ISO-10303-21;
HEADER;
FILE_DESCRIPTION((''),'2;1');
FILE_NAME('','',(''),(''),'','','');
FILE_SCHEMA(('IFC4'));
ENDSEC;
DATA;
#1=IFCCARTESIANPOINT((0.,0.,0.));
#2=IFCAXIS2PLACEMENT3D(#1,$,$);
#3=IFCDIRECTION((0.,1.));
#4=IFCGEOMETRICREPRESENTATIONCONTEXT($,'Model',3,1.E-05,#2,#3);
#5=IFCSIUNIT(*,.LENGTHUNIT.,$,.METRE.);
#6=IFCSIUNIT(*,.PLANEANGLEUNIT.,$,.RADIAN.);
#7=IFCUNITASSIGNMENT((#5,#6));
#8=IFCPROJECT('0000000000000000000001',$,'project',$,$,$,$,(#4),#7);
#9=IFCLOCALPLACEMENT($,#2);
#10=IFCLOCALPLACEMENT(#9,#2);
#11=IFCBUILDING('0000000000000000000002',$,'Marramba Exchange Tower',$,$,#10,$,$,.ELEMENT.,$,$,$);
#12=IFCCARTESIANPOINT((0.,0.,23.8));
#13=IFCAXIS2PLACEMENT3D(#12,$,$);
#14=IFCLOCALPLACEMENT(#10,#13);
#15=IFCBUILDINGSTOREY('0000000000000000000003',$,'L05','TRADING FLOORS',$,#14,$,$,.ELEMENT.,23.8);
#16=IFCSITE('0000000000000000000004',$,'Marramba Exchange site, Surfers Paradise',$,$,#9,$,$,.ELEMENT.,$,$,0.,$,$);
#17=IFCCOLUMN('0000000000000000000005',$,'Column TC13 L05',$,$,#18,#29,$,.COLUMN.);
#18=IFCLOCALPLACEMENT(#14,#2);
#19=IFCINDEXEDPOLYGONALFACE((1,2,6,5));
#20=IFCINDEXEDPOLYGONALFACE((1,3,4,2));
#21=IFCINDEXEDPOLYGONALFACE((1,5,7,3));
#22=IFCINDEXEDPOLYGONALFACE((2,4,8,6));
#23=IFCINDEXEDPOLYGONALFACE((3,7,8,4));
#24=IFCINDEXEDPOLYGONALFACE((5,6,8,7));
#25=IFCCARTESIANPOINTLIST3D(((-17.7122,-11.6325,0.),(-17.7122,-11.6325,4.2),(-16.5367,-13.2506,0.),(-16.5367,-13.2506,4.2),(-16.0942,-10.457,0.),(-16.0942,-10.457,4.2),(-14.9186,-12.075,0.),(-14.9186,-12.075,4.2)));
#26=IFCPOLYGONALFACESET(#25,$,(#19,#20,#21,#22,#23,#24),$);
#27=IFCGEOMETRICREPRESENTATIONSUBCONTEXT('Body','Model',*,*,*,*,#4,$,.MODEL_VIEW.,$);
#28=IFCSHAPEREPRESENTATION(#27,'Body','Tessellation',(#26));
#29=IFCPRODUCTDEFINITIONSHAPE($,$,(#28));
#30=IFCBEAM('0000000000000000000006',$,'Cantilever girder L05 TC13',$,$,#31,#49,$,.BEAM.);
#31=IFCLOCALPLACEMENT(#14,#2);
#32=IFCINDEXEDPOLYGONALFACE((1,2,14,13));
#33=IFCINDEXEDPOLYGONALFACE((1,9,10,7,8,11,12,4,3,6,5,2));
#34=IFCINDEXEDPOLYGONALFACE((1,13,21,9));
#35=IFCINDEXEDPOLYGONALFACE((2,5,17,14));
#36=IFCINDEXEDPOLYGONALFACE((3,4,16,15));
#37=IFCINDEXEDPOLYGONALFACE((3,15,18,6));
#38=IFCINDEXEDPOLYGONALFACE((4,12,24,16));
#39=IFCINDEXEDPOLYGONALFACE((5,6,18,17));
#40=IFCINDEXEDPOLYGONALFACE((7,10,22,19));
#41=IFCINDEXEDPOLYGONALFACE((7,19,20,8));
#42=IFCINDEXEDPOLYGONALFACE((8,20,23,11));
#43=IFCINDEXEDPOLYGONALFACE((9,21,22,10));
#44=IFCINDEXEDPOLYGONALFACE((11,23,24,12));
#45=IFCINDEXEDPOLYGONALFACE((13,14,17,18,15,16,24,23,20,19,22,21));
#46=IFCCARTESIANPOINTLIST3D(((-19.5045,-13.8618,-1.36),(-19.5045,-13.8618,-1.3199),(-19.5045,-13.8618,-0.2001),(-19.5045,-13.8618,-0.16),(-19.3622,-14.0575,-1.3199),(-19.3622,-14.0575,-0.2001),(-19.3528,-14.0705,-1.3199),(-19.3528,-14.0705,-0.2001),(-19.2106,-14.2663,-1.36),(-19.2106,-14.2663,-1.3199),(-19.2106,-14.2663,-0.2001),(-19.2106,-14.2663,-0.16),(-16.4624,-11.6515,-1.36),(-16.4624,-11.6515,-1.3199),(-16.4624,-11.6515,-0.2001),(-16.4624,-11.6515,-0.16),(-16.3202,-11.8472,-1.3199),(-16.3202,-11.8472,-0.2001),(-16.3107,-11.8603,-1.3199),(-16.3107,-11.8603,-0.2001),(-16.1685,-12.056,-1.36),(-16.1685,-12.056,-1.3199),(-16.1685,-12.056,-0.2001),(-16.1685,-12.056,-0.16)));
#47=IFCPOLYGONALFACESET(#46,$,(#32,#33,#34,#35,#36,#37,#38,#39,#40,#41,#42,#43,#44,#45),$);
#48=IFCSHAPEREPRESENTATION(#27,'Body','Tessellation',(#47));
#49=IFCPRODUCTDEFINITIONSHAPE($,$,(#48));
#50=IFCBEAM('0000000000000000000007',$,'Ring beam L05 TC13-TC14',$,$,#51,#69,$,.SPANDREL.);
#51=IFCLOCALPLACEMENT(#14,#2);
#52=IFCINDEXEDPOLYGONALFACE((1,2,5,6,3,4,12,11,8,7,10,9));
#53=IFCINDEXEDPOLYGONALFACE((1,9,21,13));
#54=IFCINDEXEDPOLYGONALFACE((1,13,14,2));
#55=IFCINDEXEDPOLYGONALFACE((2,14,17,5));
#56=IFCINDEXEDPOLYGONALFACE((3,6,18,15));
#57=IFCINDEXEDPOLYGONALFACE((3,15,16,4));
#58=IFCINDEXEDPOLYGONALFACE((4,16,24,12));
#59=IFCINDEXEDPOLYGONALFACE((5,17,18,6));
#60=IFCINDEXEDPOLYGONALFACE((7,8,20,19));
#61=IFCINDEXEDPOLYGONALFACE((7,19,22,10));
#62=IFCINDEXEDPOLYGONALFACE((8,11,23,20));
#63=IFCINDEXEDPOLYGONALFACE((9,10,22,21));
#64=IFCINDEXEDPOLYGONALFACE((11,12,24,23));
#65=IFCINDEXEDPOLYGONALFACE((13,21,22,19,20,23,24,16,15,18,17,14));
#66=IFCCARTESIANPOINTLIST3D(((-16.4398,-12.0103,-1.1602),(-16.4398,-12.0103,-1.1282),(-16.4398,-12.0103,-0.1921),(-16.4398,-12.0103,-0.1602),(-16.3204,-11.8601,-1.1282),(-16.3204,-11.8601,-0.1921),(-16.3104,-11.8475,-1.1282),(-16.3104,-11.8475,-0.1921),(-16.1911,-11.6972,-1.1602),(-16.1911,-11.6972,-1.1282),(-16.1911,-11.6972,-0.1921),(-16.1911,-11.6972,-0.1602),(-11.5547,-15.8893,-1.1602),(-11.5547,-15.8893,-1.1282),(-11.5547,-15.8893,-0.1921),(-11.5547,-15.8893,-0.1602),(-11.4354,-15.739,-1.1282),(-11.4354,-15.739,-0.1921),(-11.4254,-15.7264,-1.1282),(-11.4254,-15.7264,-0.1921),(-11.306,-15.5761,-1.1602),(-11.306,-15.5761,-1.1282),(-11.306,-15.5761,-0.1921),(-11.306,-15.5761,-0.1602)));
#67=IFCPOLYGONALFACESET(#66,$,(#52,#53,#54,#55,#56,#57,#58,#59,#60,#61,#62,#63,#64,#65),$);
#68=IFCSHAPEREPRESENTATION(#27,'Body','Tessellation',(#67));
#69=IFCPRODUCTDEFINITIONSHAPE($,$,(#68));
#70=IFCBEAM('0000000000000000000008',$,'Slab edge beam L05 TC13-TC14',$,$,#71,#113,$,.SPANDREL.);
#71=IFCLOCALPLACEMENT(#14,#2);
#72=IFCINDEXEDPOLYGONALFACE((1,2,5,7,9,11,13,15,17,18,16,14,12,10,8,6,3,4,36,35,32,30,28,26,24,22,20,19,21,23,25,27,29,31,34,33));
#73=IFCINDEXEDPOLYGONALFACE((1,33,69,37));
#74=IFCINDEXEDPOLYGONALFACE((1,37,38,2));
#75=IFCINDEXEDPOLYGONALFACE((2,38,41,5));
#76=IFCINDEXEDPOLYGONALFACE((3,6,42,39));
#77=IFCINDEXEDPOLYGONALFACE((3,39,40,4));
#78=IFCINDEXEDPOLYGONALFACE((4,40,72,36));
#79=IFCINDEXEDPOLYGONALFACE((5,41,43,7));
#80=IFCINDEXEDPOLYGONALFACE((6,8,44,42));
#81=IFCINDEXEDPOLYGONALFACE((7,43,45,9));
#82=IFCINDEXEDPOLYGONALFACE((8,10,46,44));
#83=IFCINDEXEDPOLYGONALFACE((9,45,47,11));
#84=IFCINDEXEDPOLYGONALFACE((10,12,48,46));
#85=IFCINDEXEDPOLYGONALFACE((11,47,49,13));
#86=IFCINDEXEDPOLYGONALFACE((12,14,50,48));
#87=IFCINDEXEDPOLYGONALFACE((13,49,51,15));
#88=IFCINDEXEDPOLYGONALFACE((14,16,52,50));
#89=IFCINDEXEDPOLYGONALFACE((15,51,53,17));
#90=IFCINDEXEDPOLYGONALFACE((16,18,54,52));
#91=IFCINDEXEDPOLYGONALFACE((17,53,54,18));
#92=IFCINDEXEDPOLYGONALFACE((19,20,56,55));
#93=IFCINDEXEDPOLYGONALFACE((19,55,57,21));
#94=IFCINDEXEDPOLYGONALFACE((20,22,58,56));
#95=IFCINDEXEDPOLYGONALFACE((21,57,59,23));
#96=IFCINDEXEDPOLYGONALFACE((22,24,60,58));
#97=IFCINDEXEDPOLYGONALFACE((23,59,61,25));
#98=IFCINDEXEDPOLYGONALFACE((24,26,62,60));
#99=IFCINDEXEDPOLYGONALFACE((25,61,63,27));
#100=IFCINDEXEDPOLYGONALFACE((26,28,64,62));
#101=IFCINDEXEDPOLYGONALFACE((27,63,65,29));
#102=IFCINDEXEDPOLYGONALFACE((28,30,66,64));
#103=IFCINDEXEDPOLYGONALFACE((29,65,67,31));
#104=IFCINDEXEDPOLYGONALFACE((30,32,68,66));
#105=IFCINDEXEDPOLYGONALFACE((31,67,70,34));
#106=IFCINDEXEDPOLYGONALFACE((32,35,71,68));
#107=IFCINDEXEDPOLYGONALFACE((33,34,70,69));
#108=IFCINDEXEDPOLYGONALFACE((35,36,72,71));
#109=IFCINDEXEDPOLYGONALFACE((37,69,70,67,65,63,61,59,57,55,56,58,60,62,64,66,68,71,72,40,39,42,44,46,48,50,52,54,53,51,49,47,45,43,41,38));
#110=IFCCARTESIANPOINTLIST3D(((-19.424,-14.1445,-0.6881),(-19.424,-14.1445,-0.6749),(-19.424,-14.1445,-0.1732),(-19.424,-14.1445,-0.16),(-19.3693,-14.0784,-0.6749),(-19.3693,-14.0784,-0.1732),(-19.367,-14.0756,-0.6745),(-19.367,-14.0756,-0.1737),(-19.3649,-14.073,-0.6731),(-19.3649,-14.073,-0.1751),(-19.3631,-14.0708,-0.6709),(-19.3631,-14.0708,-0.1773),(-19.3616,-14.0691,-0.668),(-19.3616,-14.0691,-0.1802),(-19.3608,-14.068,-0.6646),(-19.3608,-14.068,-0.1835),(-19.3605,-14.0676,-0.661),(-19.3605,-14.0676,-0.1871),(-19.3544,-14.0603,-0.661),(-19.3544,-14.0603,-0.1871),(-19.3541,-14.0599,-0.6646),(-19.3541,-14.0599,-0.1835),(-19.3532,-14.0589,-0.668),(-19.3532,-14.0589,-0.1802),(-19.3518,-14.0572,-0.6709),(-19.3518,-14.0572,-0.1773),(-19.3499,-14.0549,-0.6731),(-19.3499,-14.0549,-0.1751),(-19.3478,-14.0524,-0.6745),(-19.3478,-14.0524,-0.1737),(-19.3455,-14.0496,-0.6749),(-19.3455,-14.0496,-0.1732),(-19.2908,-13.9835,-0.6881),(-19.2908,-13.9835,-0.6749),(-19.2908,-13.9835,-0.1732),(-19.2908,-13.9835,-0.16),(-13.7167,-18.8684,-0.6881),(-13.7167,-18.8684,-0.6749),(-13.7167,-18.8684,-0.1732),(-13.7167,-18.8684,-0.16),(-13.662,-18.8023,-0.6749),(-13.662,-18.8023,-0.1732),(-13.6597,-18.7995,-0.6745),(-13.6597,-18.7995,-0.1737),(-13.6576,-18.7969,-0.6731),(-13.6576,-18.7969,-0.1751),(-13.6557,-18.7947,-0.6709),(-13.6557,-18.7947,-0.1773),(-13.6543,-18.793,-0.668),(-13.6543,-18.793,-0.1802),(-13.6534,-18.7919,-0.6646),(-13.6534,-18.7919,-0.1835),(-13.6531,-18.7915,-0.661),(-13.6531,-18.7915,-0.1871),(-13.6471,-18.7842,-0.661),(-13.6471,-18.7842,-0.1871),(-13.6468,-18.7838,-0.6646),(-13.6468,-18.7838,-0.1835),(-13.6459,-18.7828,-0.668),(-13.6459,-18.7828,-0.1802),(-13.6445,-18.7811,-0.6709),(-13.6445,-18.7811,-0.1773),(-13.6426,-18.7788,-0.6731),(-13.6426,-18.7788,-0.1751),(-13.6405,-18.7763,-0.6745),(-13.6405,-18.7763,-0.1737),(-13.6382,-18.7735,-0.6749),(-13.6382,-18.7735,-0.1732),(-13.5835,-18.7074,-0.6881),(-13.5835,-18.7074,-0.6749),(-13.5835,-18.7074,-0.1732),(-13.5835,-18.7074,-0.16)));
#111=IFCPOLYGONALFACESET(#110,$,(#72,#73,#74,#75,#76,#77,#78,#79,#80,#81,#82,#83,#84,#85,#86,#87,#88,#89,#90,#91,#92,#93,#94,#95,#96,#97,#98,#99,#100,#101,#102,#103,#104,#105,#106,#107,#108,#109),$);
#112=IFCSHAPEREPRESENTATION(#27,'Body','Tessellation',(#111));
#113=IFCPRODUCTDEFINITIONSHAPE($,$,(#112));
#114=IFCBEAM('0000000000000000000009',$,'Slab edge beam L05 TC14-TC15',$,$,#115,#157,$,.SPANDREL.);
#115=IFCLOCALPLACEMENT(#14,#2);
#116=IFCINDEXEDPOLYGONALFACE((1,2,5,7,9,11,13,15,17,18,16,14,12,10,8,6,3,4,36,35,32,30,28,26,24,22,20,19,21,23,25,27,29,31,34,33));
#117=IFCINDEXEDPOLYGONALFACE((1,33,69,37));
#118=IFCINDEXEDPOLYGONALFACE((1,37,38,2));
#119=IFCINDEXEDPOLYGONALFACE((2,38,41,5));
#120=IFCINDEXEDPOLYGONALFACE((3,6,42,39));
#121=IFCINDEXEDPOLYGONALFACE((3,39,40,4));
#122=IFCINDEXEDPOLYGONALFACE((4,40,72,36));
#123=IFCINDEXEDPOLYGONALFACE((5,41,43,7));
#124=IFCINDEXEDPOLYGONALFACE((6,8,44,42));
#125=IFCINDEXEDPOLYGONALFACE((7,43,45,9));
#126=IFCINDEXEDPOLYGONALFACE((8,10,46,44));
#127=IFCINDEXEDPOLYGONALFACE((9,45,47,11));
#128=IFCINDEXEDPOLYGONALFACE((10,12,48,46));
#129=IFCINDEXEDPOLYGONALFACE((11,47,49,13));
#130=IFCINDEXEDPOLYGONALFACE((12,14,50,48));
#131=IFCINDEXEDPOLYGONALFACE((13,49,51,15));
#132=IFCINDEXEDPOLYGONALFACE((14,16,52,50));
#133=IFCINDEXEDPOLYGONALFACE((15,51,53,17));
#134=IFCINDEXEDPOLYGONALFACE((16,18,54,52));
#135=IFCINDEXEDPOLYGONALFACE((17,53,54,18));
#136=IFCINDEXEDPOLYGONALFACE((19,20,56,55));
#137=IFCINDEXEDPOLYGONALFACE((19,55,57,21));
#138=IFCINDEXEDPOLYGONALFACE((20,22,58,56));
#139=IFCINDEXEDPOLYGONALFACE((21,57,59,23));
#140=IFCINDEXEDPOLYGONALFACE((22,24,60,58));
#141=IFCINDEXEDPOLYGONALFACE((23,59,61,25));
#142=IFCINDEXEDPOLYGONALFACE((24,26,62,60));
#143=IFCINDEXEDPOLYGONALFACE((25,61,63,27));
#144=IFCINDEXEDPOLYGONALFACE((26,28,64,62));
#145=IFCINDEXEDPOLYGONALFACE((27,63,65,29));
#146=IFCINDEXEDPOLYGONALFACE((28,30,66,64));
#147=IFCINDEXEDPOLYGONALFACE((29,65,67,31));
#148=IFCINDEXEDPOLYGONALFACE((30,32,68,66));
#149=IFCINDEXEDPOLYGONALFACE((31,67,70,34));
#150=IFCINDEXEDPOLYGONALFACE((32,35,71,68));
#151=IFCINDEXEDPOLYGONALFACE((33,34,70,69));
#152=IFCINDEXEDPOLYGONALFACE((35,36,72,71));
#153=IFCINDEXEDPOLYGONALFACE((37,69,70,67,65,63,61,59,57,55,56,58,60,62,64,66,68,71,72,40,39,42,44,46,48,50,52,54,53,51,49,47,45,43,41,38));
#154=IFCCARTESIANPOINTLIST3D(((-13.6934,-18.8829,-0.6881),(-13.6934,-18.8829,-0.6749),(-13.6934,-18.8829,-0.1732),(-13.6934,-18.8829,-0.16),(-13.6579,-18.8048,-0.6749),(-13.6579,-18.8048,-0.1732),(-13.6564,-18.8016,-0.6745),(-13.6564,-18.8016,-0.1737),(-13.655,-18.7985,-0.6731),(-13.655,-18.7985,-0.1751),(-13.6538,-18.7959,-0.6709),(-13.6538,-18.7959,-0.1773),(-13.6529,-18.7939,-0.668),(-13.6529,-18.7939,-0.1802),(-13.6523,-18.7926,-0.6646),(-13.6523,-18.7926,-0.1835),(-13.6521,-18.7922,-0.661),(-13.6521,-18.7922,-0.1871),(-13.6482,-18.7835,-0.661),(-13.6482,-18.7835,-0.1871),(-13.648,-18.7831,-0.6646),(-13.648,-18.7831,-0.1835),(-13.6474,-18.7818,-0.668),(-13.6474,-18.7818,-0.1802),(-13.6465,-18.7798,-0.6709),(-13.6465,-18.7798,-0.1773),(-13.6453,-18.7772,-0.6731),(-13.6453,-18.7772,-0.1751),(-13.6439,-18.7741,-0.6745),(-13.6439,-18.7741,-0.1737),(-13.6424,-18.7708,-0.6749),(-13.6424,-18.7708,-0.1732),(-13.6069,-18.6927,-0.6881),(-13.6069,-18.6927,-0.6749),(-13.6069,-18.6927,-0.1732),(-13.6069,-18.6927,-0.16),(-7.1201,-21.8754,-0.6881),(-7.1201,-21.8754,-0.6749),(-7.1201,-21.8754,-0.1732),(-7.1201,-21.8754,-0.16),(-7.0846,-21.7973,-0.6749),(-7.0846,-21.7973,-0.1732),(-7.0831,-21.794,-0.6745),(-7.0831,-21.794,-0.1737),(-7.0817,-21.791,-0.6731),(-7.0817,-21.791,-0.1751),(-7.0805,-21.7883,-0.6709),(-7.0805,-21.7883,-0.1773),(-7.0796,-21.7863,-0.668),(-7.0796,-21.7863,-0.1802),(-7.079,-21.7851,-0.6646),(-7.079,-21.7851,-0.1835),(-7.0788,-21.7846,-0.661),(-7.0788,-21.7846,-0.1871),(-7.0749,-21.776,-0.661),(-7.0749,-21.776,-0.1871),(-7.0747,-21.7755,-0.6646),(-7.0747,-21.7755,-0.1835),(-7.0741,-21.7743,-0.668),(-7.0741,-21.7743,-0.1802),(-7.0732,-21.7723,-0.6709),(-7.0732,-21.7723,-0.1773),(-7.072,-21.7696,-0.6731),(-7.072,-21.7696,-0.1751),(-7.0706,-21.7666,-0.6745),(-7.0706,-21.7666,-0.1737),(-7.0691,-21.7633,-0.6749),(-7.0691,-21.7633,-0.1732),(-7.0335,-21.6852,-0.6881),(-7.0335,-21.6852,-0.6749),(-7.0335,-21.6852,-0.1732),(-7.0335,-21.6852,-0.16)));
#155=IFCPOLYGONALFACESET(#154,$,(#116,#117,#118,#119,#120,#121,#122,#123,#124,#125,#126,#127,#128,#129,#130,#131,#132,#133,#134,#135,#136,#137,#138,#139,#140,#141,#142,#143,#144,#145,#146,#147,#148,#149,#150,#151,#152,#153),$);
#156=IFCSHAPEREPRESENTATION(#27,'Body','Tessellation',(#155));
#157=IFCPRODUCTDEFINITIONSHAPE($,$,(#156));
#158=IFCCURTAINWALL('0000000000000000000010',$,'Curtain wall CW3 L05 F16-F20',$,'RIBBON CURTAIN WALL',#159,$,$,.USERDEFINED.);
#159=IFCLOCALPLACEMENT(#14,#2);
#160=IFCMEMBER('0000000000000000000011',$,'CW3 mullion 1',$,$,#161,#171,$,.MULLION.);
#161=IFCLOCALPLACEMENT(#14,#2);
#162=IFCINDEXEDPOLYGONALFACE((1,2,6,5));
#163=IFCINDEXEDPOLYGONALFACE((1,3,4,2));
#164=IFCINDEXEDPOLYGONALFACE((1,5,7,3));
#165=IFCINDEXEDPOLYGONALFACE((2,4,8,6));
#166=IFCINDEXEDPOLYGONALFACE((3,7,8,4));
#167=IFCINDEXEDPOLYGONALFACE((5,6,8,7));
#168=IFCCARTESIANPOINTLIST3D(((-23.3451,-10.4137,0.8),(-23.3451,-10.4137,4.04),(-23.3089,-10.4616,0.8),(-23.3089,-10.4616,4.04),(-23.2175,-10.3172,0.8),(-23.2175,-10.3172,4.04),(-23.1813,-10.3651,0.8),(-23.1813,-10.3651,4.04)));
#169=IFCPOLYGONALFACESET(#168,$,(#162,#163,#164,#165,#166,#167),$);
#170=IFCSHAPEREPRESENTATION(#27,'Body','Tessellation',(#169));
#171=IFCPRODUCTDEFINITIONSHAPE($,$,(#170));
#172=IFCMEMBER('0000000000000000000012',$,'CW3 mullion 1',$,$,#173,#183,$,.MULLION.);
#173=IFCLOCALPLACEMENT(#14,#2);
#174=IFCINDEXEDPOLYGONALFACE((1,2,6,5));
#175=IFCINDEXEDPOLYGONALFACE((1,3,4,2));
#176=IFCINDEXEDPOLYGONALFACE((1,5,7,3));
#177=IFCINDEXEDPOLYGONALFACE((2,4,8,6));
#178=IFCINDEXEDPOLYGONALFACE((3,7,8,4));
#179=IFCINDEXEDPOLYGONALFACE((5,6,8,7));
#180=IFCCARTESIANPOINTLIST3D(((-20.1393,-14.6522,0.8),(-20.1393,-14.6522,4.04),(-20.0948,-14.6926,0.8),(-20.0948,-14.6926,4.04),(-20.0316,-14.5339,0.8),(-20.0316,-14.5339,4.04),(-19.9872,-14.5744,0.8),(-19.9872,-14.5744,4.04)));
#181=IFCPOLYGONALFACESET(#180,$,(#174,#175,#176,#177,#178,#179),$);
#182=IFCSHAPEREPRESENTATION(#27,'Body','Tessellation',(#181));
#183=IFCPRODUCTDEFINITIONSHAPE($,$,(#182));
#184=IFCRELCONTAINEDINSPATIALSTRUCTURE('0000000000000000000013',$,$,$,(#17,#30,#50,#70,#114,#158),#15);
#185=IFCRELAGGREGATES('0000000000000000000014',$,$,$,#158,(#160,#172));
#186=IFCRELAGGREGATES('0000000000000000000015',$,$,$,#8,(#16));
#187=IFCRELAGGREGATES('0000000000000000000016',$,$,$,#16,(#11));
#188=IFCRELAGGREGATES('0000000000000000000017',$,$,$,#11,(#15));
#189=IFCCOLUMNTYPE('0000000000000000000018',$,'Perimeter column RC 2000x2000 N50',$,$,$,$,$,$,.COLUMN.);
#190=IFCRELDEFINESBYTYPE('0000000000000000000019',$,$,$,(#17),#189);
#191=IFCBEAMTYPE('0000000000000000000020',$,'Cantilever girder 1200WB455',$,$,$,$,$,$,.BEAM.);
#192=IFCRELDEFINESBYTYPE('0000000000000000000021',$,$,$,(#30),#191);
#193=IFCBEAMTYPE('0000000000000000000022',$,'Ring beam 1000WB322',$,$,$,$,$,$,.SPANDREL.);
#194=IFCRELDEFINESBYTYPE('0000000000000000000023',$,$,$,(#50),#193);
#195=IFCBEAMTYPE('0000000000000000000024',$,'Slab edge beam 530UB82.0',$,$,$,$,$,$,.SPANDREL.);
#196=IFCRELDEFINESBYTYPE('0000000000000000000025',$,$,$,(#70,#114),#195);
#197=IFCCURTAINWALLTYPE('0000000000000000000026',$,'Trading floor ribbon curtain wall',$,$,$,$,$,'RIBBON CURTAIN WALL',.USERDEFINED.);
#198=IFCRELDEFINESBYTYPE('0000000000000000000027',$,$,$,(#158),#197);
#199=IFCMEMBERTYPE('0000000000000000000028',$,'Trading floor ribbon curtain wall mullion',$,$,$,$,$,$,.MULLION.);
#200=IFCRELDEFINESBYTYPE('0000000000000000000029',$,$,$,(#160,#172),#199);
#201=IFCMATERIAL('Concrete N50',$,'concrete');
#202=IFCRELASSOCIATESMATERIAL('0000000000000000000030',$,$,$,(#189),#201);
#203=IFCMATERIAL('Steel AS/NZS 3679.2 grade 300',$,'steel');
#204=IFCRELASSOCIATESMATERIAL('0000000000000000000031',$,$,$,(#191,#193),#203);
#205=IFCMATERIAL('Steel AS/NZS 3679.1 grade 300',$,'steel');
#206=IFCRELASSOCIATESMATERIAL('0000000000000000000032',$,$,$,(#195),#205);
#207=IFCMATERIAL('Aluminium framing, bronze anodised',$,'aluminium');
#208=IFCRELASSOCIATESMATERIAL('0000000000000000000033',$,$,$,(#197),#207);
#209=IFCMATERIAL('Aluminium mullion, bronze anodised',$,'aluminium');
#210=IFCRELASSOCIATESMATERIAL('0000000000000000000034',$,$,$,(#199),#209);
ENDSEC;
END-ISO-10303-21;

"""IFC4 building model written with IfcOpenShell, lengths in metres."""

from ifc_helpers import new_model, si_unit, direction, frame, origin, origin_2d, place, context, subcontext, project, spatial, rectangle, i_section, extrude, material, material_profile, profile_set, type_object, element, aggregate, save


model = new_model("IFC4")

# Units and contexts
model_context = context("Model", 3, precision=1e-05, world=origin(), true_north=direction((0.0, 1.0)))
body_context = subcontext(model_context, "Body", "Model", "MODEL_VIEW")
ifc_project = project(units=[si_unit("LENGTHUNIT", "METRE"), si_unit("PLANEANGLEUNIT", "RADIAN")], contexts=[model_context])

# Site, building, storey
site_placement = place(None, origin())
site = spatial("IfcSite", under=ifc_project, at=site_placement, Name="Marramba Exchange site, Surfers Paradise", CompositionType="ELEMENT", RefElevation=0.0)
building_placement = place(site_placement, origin())
building = spatial("IfcBuilding", under=site, at=building_placement, Name="Marramba Exchange Tower", CompositionType="ELEMENT")
storey_placement = place(building_placement, frame((0.0, 0.0, 23.8)))
storey = spatial("IfcBuildingStorey", under=building, at=storey_placement, Name="L05", Description="TRADING FLOORS", CompositionType="ELEMENT", Elevation=23.8)

# Column
ifc_material_1 = material(Name="Concrete N50", Category="concrete")
ifc_material_profile_1 = material_profile(ifc_material_1, rectangle(XDim=2.0, YDim=2.0, at=origin_2d()), Name="RC 2000x2000")
ifc_profile_set_1 = profile_set([ifc_material_profile_1], Name="Concrete N50")
column_type = type_object("IfcColumnType", Name="Perimeter column RC 2000x2000 N50", PredefinedType="COLUMN", material=ifc_profile_set_1)
column_placement = place(storey_placement, frame((-16.3154, -11.8538, 0.0), z_axis=(0.0, 0.0, 1.0), x_axis=(-0.809017, -0.587785, 0.0)))
element("IfcColumn", 1, at=column_placement, inside=storey, type_object=column_type, Name="Column TC13 L05", PredefinedType="COLUMN", context=body_context, shape_type="SweptSolid", body=[
    extrude(rectangle(XDim=2.0, YDim=2.0, at=origin_2d()), origin(), (0.0, 0.0, 1.0), 4.2),
])

# Beams
ifc_material_2 = material(Name="Steel AS/NZS 3679.2 grade 300", Category="steel")
ifc_material_profile_2 = material_profile(ifc_material_2, i_section(OverallWidth=0.5, OverallDepth=1.2, WebThickness=0.0161, FlangeThickness=0.04, at=origin_2d()), Name="1200WB455")
ifc_profile_set_2 = profile_set([ifc_material_profile_2], Name="Steel AS/NZS 3679.2 grade 300")
beam_type_1 = type_object("IfcBeamType", Name="Cantilever girder 1200WB455", PredefinedType="BEAM", material=ifc_profile_set_2)
beam_1_placement = place(storey_placement, frame((-16.3154, -11.8538, -0.76), z_axis=(-0.809008, -0.587797, 0.0), x_axis=(0.587797, -0.809008, 0.0)))
element("IfcBeam", 2, at=beam_1_placement, inside=storey, type_object=beam_type_1, Name="Cantilever girder L05 TC13", PredefinedType="BEAM", context=body_context, shape_type="SweptSolid", body=[
    extrude(i_section(OverallWidth=0.5, OverallDepth=1.2, WebThickness=0.0161, FlangeThickness=0.04, at=origin_2d()), origin(), (0.0, 0.0, 1.0), 3.7603),
])
ifc_material_profile_3 = material_profile(ifc_material_2, i_section(OverallWidth=0.3999, OverallDepth=1.0, WebThickness=0.0161, FlangeThickness=0.032, at=origin_2d()), Name="1000WB322")
ifc_profile_set_3 = profile_set([ifc_material_profile_3], Name="Steel AS/NZS 3679.2 grade 300")
beam_type_2 = type_object("IfcBeamType", Name="Ring beam 1000WB322", PredefinedType="SPANDREL", material=ifc_profile_set_3)
beam_2_placement = place(storey_placement, frame((-16.3154, -11.8538, -0.6602), z_axis=(0.783139, -0.621846, 0.0), x_axis=(0.621846, 0.783139, 0.0)))
element("IfcBeam", 3, at=beam_2_placement, inside=storey, type_object=beam_type_2, Name="Ring beam L05 TC13-TC14", PredefinedType="SPANDREL", context=body_context, shape_type="SweptSolid", body=[
    extrude(i_section(OverallWidth=0.3999, OverallDepth=1.0, WebThickness=0.0161, FlangeThickness=0.032, at=origin_2d()), origin(), (0.0, 0.0, 1.0), 6.2378),
])
ifc_material_3 = material(Name="Steel AS/NZS 3679.1 grade 300", Category="steel")
ifc_material_profile_4 = material_profile(ifc_material_3, i_section(OverallWidth=0.209, OverallDepth=0.5281, WebThickness=0.0095, FlangeThickness=0.0132, FilletRadius=0.0139, at=origin_2d()), Name="530UB82.0")
ifc_profile_set_4 = profile_set([ifc_material_profile_4], Name="Steel AS/NZS 3679.1 grade 300")
beam_type_3 = type_object("IfcBeamType", Name="Slab edge beam 530UB82.0", PredefinedType="SPANDREL", material=ifc_profile_set_4)
beam_3_placement = place(storey_placement, frame((-19.3574, -14.064, -0.4241), z_axis=(0.770354, -0.637617, 0.0), x_axis=(0.637617, 0.770354, 0.0)))
element("IfcBeam", 4, at=beam_3_placement, inside=storey, type_object=beam_type_3, Name="Slab edge beam L05 TC13-TC14", PredefinedType="SPANDREL", context=body_context, shape_type="SweptSolid", body=[
    extrude(i_section(OverallWidth=0.209, OverallDepth=0.5281, WebThickness=0.0095, FlangeThickness=0.0132, FilletRadius=0.0139, at=origin_2d()), origin(), (0.0, 0.0, 1.0), 7.4087),
])
beam_4_placement = place(storey_placement, frame((-13.6501, -18.7878, -0.4241), z_axis=(0.910127, -0.41433, 0.0), x_axis=(0.41433, 0.910127, 0.0)))
element("IfcBeam", 5, at=beam_4_placement, inside=storey, type_object=beam_type_3, Name="Slab edge beam L05 TC14-TC15", PredefinedType="SPANDREL", context=body_context, shape_type="SweptSolid", body=[
    extrude(i_section(OverallWidth=0.209, OverallDepth=0.5281, WebThickness=0.0095, FlangeThickness=0.0132, FilletRadius=0.0139, at=origin_2d()), origin(), (0.0, 0.0, 1.0), 7.2224),
])

# Curtain wall, members
ifc_material_4 = material(Name="Aluminium framing, bronze anodised", Category="aluminium")
curtain_wall_type = type_object("IfcCurtainWallType", Name="Trading floor ribbon curtain wall", ElementType="RIBBON CURTAIN WALL", PredefinedType="USERDEFINED", material=ifc_material_4)
curtain_wall_placement = place(storey_placement, origin())
curtain_wall = element("IfcCurtainWall", 6, at=curtain_wall_placement, inside=storey, type_object=curtain_wall_type, Name="Curtain wall CW3 L05 F16-F20", ObjectType="RIBBON CURTAIN WALL", PredefinedType="USERDEFINED")
ifc_material_5 = material(Name="Aluminium mullion, bronze anodised", Category="aluminium")
ifc_material_profile_5 = material_profile(ifc_material_5, rectangle(XDim=0.1599, YDim=0.0601, at=origin_2d()), Name="CW3 mullion 60x160")
ifc_profile_set_5 = profile_set([ifc_material_profile_5], Name="Aluminium mullion, bronze anodised")
member_type_1 = type_object("IfcMemberType", Name="Trading floor ribbon curtain wall mullion", PredefinedType="MULLION", material=ifc_profile_set_5)
member_1_placement = place(storey_placement, frame((-23.2632, -10.3894, 0.8), z_axis=(0.0, 0.0, 1.0), x_axis=(0.797711, 0.60304, 0.0)))
member_1 = element("IfcMember", 7, at=member_1_placement, type_object=member_type_1, Name="CW3 mullion 1", PredefinedType="MULLION", context=body_context, shape_type="SweptSolid", body=[
    extrude(rectangle(XDim=0.1599, YDim=0.0601, at=origin_2d()), origin(), (0.0, 0.0, 1.0), 3.24),
])
member_2_placement = place(storey_placement, frame((-20.0632, -14.6133, 0.8), z_axis=(0.0, 0.0, 1.0), x_axis=(0.673058, 0.73959, 0.0)))
member_2 = element("IfcMember", 8, at=member_2_placement, type_object=member_type_1, Name="CW3 mullion 1", PredefinedType="MULLION", context=body_context, shape_type="SweptSolid", body=[
    extrude(rectangle(XDim=0.1599, YDim=0.0601, at=origin_2d()), origin(), (0.0, 0.0, 1.0), 3.24),
])
aggregate(curtain_wall, [member_1, member_2])

save(model, "model.ifc")
